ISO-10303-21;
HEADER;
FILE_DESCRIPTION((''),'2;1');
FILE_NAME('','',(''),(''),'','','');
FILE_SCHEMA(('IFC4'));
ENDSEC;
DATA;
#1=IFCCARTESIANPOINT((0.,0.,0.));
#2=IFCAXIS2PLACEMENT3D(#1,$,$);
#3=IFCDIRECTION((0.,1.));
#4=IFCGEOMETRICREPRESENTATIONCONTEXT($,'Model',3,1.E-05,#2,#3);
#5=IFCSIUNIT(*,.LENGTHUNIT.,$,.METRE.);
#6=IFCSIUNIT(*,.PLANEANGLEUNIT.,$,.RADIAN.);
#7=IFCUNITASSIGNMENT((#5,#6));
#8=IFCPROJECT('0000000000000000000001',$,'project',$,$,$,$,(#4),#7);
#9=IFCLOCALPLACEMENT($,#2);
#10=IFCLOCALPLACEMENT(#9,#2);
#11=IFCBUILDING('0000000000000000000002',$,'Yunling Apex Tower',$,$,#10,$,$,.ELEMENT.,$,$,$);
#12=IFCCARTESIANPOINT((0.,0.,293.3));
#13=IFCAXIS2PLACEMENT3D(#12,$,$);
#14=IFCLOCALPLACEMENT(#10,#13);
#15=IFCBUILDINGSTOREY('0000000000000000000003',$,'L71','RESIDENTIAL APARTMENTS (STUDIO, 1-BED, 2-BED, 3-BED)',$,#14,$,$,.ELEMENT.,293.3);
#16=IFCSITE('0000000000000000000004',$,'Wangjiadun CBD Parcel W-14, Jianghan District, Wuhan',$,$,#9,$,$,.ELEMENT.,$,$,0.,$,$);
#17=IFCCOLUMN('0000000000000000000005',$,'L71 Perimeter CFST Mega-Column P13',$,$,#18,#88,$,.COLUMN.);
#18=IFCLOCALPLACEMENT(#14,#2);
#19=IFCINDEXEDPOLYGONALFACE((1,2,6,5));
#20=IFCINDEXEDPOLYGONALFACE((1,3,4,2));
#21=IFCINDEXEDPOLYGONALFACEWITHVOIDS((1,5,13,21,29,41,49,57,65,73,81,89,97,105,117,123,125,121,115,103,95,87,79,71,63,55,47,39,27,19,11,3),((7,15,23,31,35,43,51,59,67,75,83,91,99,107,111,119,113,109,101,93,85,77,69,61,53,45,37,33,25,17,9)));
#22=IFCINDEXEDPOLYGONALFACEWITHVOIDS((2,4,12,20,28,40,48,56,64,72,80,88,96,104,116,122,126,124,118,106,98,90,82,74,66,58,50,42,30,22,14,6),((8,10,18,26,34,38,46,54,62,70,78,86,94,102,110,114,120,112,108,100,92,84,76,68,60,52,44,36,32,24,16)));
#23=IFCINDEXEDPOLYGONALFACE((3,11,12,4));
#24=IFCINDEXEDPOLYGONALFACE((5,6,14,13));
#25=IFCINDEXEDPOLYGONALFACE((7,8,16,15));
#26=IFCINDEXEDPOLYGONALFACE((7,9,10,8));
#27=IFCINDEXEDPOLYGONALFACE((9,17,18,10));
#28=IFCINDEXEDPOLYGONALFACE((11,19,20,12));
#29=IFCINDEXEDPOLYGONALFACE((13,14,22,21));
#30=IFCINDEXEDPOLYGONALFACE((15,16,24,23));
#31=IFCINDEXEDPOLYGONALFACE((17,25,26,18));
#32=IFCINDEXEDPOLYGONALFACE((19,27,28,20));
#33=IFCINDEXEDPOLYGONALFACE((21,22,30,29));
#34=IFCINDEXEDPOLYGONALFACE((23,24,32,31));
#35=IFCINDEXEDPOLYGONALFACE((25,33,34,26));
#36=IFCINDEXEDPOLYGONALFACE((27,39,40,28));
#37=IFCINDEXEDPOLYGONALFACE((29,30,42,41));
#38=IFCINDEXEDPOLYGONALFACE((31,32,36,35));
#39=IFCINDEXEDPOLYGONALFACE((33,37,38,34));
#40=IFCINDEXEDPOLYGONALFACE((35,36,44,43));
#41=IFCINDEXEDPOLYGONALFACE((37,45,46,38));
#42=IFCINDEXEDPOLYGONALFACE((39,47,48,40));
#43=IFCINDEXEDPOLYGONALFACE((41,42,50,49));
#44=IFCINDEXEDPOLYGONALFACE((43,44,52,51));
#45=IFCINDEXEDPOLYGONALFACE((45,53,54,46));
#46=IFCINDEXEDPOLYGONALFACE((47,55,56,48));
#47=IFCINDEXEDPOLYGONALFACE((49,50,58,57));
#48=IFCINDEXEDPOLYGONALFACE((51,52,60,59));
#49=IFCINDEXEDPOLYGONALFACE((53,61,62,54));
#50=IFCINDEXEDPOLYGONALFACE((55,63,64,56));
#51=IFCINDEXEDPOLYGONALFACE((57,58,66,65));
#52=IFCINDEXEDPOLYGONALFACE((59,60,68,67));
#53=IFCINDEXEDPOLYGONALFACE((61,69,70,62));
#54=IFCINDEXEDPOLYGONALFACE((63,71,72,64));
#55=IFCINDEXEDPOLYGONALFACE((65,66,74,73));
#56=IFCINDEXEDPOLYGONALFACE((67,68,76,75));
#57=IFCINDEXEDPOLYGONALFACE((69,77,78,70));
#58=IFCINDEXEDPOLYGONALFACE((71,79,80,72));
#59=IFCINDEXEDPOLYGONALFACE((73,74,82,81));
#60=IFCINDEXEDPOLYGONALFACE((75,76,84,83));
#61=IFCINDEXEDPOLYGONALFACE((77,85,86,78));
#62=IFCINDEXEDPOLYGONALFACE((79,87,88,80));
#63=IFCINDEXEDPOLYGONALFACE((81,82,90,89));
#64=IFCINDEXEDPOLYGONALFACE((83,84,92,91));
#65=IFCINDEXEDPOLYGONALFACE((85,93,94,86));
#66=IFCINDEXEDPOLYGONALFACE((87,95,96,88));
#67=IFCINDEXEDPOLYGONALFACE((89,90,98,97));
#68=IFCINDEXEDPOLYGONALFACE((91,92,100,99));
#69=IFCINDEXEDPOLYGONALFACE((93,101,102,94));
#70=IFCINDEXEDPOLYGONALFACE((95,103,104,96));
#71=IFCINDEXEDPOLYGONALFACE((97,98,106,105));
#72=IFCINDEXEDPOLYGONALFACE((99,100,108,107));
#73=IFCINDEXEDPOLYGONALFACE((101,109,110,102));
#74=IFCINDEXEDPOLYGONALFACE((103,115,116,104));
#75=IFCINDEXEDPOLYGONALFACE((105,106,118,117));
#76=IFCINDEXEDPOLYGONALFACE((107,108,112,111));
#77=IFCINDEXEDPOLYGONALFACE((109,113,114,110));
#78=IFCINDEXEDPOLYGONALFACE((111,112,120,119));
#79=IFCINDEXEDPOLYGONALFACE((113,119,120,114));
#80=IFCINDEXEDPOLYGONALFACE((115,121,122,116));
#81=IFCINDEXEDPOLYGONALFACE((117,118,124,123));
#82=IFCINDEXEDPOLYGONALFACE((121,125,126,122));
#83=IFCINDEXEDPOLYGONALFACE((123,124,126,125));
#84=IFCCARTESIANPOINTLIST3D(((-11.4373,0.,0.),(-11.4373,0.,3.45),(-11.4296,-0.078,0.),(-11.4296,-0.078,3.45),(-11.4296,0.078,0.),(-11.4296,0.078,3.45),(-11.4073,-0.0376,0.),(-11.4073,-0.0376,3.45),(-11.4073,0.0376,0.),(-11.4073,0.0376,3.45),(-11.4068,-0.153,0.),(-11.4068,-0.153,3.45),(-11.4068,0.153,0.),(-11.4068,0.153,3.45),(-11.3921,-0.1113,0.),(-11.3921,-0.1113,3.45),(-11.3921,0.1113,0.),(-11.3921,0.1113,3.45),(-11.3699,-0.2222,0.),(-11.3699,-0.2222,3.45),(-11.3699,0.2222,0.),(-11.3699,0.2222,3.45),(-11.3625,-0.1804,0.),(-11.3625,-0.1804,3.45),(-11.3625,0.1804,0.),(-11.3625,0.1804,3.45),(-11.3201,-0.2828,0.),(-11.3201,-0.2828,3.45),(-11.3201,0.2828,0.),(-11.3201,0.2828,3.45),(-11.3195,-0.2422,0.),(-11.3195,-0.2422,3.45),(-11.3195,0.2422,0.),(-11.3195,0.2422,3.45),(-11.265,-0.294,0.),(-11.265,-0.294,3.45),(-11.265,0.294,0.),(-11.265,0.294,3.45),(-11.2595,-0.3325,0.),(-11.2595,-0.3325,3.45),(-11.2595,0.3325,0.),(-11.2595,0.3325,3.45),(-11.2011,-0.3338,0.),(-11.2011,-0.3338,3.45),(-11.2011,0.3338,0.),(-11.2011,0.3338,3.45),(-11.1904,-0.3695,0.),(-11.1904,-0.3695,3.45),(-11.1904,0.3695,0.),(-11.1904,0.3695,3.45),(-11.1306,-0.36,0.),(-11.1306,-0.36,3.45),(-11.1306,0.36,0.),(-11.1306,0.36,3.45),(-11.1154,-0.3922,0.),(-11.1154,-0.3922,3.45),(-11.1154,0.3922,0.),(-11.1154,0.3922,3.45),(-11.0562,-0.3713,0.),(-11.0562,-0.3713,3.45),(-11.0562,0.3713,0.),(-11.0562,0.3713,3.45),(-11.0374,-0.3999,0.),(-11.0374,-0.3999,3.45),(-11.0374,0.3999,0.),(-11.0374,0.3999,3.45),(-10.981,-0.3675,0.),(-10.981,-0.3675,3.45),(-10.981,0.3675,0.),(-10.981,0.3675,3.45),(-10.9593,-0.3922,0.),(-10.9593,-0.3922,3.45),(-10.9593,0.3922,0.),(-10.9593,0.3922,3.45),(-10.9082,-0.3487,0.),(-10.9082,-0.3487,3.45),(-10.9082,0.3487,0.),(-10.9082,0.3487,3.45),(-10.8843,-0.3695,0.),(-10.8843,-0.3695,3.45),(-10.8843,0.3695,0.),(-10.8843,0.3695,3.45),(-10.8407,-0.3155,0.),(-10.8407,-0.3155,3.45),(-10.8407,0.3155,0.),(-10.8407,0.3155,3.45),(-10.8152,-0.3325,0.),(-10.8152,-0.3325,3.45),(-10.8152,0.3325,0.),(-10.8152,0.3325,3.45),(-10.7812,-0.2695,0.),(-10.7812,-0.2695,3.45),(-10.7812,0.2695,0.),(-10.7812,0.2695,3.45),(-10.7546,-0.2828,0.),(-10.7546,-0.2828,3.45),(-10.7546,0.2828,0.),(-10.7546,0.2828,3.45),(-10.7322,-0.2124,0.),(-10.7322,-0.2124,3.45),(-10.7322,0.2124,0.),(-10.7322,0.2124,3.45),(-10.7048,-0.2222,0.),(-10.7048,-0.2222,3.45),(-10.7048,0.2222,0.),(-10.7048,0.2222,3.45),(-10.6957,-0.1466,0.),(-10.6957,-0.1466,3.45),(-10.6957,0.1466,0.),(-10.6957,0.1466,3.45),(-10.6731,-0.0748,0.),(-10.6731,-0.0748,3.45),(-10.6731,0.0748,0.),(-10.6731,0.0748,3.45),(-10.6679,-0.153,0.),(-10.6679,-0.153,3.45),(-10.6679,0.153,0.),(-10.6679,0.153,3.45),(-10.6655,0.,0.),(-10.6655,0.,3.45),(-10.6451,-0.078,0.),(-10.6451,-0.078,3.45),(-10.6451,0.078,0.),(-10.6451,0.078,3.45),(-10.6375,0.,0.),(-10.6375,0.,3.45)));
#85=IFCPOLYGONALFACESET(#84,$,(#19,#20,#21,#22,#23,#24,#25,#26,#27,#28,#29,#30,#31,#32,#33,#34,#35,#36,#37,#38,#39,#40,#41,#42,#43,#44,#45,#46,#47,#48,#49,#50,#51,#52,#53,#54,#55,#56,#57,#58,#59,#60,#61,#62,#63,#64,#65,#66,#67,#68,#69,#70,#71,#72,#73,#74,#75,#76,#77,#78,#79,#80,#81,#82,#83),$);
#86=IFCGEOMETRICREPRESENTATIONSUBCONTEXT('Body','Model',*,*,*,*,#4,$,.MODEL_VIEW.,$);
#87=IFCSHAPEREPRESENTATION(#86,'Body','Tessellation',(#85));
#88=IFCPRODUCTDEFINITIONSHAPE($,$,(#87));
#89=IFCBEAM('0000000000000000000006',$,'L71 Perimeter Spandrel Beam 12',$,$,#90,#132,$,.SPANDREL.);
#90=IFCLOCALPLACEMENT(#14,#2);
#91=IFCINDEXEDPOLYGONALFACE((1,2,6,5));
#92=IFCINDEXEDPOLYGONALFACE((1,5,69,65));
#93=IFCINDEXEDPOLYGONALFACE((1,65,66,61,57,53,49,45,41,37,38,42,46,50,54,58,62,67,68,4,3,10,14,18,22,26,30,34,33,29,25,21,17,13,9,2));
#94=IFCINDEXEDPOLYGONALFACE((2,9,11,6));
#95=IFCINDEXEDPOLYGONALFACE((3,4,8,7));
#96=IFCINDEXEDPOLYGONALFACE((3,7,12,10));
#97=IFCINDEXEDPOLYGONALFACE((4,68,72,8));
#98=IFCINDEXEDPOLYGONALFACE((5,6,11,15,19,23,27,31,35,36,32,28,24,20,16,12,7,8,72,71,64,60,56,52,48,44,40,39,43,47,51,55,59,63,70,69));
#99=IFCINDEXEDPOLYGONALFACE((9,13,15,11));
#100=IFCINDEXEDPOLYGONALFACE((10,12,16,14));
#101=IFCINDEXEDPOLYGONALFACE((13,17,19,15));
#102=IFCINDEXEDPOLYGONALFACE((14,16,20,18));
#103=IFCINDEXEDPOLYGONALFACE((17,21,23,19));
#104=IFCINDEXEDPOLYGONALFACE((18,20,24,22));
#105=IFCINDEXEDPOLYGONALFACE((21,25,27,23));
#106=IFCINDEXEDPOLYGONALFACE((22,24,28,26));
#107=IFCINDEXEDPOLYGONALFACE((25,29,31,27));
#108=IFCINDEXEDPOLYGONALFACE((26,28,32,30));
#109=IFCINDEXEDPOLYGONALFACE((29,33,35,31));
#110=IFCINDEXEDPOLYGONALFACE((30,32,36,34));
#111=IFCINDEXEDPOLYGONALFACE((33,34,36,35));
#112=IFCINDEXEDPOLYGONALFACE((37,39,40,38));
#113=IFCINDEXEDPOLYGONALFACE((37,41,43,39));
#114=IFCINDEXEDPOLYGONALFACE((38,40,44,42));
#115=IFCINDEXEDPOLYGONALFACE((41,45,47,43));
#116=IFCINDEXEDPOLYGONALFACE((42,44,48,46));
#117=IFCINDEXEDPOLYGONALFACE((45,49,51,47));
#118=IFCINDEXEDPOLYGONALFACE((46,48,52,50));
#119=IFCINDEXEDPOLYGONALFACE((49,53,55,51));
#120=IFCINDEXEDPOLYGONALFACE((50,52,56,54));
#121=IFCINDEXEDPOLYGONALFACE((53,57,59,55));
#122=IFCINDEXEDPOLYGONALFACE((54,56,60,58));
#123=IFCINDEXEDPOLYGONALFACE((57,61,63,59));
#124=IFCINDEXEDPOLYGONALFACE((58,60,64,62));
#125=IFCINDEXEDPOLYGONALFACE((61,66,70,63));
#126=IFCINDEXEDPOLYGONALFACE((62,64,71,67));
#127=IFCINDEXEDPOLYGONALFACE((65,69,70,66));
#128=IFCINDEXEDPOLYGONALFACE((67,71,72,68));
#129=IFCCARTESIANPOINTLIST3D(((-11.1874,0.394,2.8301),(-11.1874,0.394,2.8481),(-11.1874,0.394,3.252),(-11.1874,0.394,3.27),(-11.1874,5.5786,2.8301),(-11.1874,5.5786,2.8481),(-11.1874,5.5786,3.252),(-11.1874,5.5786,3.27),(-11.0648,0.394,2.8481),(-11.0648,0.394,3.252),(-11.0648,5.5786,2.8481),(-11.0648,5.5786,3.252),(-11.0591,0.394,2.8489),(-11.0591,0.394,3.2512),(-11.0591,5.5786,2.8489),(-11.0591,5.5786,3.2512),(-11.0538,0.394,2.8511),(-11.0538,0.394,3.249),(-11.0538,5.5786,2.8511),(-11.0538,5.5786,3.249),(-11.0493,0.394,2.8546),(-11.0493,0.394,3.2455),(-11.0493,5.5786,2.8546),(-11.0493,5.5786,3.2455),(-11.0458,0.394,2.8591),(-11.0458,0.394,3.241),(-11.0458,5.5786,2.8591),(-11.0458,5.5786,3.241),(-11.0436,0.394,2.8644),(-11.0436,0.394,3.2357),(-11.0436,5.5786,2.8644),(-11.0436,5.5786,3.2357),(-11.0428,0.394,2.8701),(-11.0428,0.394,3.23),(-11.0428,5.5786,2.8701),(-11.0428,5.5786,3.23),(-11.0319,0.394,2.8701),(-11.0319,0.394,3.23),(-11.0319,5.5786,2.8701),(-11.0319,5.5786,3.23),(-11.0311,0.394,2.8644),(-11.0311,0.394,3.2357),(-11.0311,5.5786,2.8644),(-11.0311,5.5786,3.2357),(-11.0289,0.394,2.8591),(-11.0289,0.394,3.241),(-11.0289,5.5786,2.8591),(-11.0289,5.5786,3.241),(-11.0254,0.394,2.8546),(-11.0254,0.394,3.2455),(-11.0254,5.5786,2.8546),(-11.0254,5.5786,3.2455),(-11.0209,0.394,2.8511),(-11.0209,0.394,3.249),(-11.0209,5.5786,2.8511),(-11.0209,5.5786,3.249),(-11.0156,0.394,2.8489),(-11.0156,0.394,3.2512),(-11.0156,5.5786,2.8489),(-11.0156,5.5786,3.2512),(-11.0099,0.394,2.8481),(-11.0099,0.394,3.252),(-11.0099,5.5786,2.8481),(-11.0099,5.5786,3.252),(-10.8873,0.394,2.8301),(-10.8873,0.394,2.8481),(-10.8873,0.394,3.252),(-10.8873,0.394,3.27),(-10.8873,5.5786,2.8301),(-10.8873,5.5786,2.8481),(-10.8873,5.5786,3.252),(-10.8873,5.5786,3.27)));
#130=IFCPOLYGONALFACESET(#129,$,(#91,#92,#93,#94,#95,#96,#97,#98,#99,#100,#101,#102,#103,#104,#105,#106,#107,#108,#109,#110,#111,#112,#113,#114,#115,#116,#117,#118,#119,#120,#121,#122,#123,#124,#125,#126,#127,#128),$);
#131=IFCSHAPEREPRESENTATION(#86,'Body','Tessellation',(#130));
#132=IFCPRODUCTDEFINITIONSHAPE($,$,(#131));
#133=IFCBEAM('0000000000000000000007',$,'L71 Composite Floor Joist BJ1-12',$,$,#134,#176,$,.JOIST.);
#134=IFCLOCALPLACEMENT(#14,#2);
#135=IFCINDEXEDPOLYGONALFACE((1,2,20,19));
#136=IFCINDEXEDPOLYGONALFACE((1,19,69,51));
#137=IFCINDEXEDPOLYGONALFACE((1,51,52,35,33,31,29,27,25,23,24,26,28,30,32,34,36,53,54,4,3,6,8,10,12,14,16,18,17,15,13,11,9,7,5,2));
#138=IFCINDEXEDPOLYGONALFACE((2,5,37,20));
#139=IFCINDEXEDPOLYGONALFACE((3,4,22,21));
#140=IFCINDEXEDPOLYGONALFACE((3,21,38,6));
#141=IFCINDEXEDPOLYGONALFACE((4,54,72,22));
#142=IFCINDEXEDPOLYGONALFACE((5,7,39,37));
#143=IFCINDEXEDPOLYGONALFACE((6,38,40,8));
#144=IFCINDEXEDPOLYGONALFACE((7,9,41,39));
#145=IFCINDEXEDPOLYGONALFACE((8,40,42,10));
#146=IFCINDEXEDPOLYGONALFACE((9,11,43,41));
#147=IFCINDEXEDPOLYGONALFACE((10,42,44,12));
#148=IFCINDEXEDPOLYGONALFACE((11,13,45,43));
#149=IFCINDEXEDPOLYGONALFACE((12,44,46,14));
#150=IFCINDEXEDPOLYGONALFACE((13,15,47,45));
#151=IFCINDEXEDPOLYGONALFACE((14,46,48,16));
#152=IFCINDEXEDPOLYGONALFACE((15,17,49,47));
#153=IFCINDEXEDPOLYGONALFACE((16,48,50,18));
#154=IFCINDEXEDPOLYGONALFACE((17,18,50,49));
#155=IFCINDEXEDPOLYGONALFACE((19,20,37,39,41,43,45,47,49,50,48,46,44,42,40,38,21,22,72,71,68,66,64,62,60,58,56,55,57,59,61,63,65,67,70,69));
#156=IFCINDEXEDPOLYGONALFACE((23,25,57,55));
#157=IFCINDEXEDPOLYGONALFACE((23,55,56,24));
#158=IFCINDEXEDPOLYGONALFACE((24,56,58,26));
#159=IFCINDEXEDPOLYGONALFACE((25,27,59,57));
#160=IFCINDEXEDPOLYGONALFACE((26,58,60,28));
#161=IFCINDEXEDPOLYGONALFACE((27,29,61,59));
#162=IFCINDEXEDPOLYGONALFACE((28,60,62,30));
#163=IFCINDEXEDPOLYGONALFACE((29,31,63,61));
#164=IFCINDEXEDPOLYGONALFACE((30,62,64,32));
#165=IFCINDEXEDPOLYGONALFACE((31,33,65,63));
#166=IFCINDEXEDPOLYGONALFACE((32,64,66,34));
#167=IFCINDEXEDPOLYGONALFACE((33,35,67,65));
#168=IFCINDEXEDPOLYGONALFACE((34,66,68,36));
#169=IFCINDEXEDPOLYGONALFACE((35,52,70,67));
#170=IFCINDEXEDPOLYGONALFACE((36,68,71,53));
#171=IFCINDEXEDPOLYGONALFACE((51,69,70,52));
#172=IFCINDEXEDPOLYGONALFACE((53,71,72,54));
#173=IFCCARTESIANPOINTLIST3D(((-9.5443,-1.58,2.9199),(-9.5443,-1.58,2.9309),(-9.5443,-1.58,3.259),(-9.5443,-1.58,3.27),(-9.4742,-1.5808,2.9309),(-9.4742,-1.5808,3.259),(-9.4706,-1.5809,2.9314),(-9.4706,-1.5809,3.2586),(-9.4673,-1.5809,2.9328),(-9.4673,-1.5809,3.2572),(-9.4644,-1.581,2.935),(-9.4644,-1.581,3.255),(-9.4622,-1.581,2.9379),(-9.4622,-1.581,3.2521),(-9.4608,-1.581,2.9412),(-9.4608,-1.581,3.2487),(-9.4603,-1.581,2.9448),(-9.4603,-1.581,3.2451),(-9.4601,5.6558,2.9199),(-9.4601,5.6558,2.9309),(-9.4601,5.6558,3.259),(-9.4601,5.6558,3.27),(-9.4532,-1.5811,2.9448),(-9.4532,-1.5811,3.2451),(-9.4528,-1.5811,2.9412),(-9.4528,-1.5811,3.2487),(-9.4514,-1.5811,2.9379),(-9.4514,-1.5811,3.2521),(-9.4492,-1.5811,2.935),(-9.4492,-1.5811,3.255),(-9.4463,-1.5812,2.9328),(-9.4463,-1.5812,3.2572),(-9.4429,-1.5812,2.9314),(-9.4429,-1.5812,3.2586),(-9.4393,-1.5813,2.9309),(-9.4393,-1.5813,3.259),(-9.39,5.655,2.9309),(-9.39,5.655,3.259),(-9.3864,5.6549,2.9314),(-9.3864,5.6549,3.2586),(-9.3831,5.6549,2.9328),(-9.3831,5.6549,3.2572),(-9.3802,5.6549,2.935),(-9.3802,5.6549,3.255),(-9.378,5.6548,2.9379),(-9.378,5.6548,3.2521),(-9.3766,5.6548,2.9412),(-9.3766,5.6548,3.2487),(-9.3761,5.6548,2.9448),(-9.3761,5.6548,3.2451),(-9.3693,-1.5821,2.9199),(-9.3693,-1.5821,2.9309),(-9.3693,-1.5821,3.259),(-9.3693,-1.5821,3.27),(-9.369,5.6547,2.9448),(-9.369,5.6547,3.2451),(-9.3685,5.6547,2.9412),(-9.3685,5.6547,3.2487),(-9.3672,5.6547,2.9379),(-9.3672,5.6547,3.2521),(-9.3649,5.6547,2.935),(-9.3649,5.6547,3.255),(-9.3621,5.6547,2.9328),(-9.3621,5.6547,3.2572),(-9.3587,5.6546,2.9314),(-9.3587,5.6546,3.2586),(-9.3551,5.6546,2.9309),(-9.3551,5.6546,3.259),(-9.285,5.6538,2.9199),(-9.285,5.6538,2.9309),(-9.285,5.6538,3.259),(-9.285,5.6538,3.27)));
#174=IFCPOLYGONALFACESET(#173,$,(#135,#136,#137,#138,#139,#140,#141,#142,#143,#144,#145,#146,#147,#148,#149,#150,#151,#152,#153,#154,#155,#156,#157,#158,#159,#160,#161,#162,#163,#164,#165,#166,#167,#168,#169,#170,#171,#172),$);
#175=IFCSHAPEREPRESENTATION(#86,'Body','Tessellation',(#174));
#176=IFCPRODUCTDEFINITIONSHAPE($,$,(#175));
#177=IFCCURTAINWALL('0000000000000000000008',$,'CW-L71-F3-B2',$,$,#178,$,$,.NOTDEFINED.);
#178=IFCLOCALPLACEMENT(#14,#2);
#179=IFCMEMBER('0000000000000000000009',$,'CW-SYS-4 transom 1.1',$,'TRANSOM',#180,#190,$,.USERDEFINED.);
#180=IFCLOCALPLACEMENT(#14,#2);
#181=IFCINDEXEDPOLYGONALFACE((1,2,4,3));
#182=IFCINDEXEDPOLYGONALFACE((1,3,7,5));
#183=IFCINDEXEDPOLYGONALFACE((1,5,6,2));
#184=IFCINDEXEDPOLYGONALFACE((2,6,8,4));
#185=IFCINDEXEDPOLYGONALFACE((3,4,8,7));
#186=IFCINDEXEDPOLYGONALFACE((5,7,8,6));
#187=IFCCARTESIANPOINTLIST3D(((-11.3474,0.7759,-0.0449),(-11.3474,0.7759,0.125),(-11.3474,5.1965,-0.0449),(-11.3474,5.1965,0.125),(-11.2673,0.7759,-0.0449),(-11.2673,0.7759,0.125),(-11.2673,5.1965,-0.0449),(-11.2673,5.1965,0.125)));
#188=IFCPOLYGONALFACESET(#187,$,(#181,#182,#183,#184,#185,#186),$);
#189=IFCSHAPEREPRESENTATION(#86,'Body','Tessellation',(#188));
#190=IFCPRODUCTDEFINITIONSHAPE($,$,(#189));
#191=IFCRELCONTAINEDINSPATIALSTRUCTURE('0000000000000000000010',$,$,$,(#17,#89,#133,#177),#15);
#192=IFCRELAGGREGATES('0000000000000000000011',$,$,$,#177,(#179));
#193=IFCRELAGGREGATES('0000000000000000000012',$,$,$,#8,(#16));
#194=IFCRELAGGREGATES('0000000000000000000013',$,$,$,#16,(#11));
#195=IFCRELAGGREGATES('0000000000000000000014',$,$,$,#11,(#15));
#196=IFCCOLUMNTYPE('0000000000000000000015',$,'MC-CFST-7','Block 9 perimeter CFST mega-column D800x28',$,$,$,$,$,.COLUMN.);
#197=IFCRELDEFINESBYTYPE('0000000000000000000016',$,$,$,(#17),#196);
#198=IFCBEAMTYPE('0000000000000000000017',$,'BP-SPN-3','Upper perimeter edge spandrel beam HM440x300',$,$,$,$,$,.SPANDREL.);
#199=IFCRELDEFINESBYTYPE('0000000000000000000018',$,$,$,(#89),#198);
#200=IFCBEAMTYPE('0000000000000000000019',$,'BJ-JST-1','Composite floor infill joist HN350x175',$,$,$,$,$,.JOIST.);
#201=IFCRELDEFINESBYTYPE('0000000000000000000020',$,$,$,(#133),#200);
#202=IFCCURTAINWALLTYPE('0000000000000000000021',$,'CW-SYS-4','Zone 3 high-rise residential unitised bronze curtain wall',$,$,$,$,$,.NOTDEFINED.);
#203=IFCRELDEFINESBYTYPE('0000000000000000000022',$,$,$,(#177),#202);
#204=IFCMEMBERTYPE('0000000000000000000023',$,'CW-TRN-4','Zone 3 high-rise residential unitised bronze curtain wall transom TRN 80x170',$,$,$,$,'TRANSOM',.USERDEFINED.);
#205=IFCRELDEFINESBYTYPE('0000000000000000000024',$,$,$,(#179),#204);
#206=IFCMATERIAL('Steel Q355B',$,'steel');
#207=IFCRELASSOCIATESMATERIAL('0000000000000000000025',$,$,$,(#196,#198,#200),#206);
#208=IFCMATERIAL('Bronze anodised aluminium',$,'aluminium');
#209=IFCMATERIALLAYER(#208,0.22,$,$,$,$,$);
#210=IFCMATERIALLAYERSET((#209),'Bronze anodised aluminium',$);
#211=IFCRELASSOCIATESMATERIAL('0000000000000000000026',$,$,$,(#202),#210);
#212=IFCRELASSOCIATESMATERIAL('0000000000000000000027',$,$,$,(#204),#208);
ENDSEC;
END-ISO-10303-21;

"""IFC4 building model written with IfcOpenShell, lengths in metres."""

from ifc_helpers import new_model, si_unit, direction, frame, origin, origin_2d, place, context, subcontext, project, spatial, rectangle, hollow_circle, i_section, extrude, source, transform, mapped, material, layer, layer_set, material_profile, profile_set, type_object, element, aggregate, save


model = new_model("IFC4")

# Units and contexts
model_context = context("Model", 3, precision=1e-05, world=origin(), true_north=direction((0.0, 1.0)))
body_context = subcontext(model_context, "Body", "Model", "MODEL_VIEW")
ifc_project = project(units=[si_unit("LENGTHUNIT", "METRE"), si_unit("PLANEANGLEUNIT", "RADIAN")], contexts=[model_context])

# Site, building, storey
site_placement = place(None, origin())
site = spatial("IfcSite", under=ifc_project, at=site_placement, Name="Wangjiadun CBD Parcel W-14, Jianghan District, Wuhan", CompositionType="ELEMENT", RefElevation=0.0)
building_placement = place(site_placement, origin())
building = spatial("IfcBuilding", under=site, at=building_placement, Name="Yunling Apex Tower", CompositionType="ELEMENT")
storey_placement = place(building_placement, frame((0.0, 0.0, 293.3)))
storey = spatial("IfcBuildingStorey", under=building, at=storey_placement, Name="L71", Description="RESIDENTIAL APARTMENTS (STUDIO, 1-BED, 2-BED, 3-BED)", CompositionType="ELEMENT", Elevation=293.3)

# Column
ifc_material_1 = material(Name="Steel Q355B", Category="steel")
ifc_material_profile_1 = material_profile(ifc_material_1, hollow_circle(Radius=0.3999, WallThickness=0.0281, at=origin_2d()))
ifc_profile_set_1 = profile_set([ifc_material_profile_1], Name="Steel Q355B")
column_type = type_object("IfcColumnType", Name="MC-CFST-7", Description="Block 9 perimeter CFST mega-column D800x28", PredefinedType="COLUMN", material=ifc_profile_set_1)
shared_shape_1 = source(origin(), body_context, "Body", "SweptSolid", [
    extrude(hollow_circle(Radius=0.3999, WallThickness=0.0281, at=origin_2d()), origin(), (0.0, 0.0, 1.0), 3.45),
])
column_placement = place(storey_placement, frame((-11.0374, 0.0, 0.0), z_axis=(0.0, 0.0, 1.0), x_axis=(1.0, 0.0, 0.0)))
element("IfcColumn", 1, at=column_placement, inside=storey, type_object=column_type, Name="L71 Perimeter CFST Mega-Column P13", PredefinedType="COLUMN", context=body_context, shape_type="MappedRepresentation", body=[
    mapped(shared_shape_1, transform((0.0, 0.0, 0.0), scale=1.0)),
])

# Beams
ifc_material_profile_2 = material_profile(ifc_material_1, i_section(OverallWidth=0.3, OverallDepth=0.4399, WebThickness=0.011, FlangeThickness=0.0181, FilletRadius=0.022, at=origin_2d()))
ifc_profile_set_2 = profile_set([ifc_material_profile_2], Name="Steel Q355B")
beam_type_1 = type_object("IfcBeamType", Name="BP-SPN-3", Description="Upper perimeter edge spandrel beam HM440x300", PredefinedType="SPANDREL", material=ifc_profile_set_2)
shared_shape_2 = source(origin(), body_context, "Body", "SweptSolid", [
    extrude(i_section(OverallWidth=0.3, OverallDepth=0.4399, WebThickness=0.011, FlangeThickness=0.0181, FilletRadius=0.022, at=origin_2d()), origin(), (0.0, 0.0, 1.0), 5.1846),
])
beam_1_placement = place(storey_placement, frame((-11.0374, 5.5786, 3.05), z_axis=(0.0, -1.0, 0.0), x_axis=(1.0, 0.0, 0.0)))
element("IfcBeam", 2, at=beam_1_placement, inside=storey, type_object=beam_type_1, Name="L71 Perimeter Spandrel Beam 12", PredefinedType="SPANDREL", context=body_context, shape_type="MappedRepresentation", body=[
    mapped(shared_shape_2, transform((0.0, 0.0, 0.0), scale=1.0)),
])
ifc_material_profile_3 = material_profile(ifc_material_1, i_section(OverallWidth=0.175, OverallDepth=0.3501, WebThickness=0.0071, FlangeThickness=0.011, FilletRadius=0.0139, at=origin_2d()))
ifc_profile_set_3 = profile_set([ifc_material_profile_3], Name="Steel Q355B")
beam_type_2 = type_object("IfcBeamType", Name="BJ-JST-1", Description="Composite floor infill joist HN350x175", PredefinedType="JOIST", material=ifc_profile_set_3)
shared_shape_3 = source(origin(), body_context, "Body", "SweptSolid", [
    extrude(i_section(OverallWidth=0.175, OverallDepth=0.3501, WebThickness=0.0071, FlangeThickness=0.011, FilletRadius=0.0139, at=origin_2d()), origin(), (0.0, 0.0, 1.0), 7.2363),
])
beam_2_placement = place(storey_placement, frame((-9.3726, 5.6548, 3.095), z_axis=(-0.01164, -0.999932, 0.0), x_axis=(0.999932, -0.01164, 0.0)))
element("IfcBeam", 3, at=beam_2_placement, inside=storey, type_object=beam_type_2, Name="L71 Composite Floor Joist BJ1-12", PredefinedType="JOIST", context=body_context, shape_type="MappedRepresentation", body=[
    mapped(shared_shape_3, transform((0.0, 0.0, 0.0), scale=1.0)),
])

# Curtain wall, member
ifc_material_2 = material(Name="Bronze anodised aluminium", Category="aluminium")
ifc_layer_1 = layer(ifc_material_2, 0.22)
ifc_layer_set_1 = layer_set([ifc_layer_1], Name="Bronze anodised aluminium")
curtain_wall_type = type_object("IfcCurtainWallType", Name="CW-SYS-4", Description="Zone 3 high-rise residential unitised bronze curtain wall", PredefinedType="NOTDEFINED", material=ifc_layer_set_1)
curtain_wall_placement = place(storey_placement, origin())
curtain_wall = element("IfcCurtainWall", 4, at=curtain_wall_placement, inside=storey, type_object=curtain_wall_type, Name="CW-L71-F3-B2", PredefinedType="NOTDEFINED")
ifc_material_profile_4 = material_profile(ifc_material_2, rectangle(XDim=0.0801, YDim=0.1699, at=origin_2d()))
ifc_profile_set_4 = profile_set([ifc_material_profile_4], Name="Bronze anodised aluminium")
member_type_1 = type_object("IfcMemberType", Name="CW-TRN-4", Description="Zone 3 high-rise residential unitised bronze curtain wall transom TRN 80x170", ElementType="TRANSOM", PredefinedType="USERDEFINED", material=ifc_profile_set_4)
shared_shape_4 = source(origin(), body_context, "Body", "SweptSolid", [
    extrude(rectangle(XDim=0.0801, YDim=0.1699, at=origin_2d()), origin(), (0.0, 0.0, 1.0), 4.4207),
])
member_1_placement = place(storey_placement, frame((-11.3074, 5.1965, 0.04), z_axis=(0.0, -1.0, 0.0), x_axis=(1.0, 0.0, 0.0)))
member_1 = element("IfcMember", 5, at=member_1_placement, type_object=member_type_1, Name="CW-SYS-4 transom 1.1", ObjectType="TRANSOM", PredefinedType="USERDEFINED", context=body_context, shape_type="MappedRepresentation", body=[
    mapped(shared_shape_4, transform((0.0, 0.0, 0.0), scale=1.0)),
])
aggregate(curtain_wall, [member_1])

save(model, "model.ifc")
